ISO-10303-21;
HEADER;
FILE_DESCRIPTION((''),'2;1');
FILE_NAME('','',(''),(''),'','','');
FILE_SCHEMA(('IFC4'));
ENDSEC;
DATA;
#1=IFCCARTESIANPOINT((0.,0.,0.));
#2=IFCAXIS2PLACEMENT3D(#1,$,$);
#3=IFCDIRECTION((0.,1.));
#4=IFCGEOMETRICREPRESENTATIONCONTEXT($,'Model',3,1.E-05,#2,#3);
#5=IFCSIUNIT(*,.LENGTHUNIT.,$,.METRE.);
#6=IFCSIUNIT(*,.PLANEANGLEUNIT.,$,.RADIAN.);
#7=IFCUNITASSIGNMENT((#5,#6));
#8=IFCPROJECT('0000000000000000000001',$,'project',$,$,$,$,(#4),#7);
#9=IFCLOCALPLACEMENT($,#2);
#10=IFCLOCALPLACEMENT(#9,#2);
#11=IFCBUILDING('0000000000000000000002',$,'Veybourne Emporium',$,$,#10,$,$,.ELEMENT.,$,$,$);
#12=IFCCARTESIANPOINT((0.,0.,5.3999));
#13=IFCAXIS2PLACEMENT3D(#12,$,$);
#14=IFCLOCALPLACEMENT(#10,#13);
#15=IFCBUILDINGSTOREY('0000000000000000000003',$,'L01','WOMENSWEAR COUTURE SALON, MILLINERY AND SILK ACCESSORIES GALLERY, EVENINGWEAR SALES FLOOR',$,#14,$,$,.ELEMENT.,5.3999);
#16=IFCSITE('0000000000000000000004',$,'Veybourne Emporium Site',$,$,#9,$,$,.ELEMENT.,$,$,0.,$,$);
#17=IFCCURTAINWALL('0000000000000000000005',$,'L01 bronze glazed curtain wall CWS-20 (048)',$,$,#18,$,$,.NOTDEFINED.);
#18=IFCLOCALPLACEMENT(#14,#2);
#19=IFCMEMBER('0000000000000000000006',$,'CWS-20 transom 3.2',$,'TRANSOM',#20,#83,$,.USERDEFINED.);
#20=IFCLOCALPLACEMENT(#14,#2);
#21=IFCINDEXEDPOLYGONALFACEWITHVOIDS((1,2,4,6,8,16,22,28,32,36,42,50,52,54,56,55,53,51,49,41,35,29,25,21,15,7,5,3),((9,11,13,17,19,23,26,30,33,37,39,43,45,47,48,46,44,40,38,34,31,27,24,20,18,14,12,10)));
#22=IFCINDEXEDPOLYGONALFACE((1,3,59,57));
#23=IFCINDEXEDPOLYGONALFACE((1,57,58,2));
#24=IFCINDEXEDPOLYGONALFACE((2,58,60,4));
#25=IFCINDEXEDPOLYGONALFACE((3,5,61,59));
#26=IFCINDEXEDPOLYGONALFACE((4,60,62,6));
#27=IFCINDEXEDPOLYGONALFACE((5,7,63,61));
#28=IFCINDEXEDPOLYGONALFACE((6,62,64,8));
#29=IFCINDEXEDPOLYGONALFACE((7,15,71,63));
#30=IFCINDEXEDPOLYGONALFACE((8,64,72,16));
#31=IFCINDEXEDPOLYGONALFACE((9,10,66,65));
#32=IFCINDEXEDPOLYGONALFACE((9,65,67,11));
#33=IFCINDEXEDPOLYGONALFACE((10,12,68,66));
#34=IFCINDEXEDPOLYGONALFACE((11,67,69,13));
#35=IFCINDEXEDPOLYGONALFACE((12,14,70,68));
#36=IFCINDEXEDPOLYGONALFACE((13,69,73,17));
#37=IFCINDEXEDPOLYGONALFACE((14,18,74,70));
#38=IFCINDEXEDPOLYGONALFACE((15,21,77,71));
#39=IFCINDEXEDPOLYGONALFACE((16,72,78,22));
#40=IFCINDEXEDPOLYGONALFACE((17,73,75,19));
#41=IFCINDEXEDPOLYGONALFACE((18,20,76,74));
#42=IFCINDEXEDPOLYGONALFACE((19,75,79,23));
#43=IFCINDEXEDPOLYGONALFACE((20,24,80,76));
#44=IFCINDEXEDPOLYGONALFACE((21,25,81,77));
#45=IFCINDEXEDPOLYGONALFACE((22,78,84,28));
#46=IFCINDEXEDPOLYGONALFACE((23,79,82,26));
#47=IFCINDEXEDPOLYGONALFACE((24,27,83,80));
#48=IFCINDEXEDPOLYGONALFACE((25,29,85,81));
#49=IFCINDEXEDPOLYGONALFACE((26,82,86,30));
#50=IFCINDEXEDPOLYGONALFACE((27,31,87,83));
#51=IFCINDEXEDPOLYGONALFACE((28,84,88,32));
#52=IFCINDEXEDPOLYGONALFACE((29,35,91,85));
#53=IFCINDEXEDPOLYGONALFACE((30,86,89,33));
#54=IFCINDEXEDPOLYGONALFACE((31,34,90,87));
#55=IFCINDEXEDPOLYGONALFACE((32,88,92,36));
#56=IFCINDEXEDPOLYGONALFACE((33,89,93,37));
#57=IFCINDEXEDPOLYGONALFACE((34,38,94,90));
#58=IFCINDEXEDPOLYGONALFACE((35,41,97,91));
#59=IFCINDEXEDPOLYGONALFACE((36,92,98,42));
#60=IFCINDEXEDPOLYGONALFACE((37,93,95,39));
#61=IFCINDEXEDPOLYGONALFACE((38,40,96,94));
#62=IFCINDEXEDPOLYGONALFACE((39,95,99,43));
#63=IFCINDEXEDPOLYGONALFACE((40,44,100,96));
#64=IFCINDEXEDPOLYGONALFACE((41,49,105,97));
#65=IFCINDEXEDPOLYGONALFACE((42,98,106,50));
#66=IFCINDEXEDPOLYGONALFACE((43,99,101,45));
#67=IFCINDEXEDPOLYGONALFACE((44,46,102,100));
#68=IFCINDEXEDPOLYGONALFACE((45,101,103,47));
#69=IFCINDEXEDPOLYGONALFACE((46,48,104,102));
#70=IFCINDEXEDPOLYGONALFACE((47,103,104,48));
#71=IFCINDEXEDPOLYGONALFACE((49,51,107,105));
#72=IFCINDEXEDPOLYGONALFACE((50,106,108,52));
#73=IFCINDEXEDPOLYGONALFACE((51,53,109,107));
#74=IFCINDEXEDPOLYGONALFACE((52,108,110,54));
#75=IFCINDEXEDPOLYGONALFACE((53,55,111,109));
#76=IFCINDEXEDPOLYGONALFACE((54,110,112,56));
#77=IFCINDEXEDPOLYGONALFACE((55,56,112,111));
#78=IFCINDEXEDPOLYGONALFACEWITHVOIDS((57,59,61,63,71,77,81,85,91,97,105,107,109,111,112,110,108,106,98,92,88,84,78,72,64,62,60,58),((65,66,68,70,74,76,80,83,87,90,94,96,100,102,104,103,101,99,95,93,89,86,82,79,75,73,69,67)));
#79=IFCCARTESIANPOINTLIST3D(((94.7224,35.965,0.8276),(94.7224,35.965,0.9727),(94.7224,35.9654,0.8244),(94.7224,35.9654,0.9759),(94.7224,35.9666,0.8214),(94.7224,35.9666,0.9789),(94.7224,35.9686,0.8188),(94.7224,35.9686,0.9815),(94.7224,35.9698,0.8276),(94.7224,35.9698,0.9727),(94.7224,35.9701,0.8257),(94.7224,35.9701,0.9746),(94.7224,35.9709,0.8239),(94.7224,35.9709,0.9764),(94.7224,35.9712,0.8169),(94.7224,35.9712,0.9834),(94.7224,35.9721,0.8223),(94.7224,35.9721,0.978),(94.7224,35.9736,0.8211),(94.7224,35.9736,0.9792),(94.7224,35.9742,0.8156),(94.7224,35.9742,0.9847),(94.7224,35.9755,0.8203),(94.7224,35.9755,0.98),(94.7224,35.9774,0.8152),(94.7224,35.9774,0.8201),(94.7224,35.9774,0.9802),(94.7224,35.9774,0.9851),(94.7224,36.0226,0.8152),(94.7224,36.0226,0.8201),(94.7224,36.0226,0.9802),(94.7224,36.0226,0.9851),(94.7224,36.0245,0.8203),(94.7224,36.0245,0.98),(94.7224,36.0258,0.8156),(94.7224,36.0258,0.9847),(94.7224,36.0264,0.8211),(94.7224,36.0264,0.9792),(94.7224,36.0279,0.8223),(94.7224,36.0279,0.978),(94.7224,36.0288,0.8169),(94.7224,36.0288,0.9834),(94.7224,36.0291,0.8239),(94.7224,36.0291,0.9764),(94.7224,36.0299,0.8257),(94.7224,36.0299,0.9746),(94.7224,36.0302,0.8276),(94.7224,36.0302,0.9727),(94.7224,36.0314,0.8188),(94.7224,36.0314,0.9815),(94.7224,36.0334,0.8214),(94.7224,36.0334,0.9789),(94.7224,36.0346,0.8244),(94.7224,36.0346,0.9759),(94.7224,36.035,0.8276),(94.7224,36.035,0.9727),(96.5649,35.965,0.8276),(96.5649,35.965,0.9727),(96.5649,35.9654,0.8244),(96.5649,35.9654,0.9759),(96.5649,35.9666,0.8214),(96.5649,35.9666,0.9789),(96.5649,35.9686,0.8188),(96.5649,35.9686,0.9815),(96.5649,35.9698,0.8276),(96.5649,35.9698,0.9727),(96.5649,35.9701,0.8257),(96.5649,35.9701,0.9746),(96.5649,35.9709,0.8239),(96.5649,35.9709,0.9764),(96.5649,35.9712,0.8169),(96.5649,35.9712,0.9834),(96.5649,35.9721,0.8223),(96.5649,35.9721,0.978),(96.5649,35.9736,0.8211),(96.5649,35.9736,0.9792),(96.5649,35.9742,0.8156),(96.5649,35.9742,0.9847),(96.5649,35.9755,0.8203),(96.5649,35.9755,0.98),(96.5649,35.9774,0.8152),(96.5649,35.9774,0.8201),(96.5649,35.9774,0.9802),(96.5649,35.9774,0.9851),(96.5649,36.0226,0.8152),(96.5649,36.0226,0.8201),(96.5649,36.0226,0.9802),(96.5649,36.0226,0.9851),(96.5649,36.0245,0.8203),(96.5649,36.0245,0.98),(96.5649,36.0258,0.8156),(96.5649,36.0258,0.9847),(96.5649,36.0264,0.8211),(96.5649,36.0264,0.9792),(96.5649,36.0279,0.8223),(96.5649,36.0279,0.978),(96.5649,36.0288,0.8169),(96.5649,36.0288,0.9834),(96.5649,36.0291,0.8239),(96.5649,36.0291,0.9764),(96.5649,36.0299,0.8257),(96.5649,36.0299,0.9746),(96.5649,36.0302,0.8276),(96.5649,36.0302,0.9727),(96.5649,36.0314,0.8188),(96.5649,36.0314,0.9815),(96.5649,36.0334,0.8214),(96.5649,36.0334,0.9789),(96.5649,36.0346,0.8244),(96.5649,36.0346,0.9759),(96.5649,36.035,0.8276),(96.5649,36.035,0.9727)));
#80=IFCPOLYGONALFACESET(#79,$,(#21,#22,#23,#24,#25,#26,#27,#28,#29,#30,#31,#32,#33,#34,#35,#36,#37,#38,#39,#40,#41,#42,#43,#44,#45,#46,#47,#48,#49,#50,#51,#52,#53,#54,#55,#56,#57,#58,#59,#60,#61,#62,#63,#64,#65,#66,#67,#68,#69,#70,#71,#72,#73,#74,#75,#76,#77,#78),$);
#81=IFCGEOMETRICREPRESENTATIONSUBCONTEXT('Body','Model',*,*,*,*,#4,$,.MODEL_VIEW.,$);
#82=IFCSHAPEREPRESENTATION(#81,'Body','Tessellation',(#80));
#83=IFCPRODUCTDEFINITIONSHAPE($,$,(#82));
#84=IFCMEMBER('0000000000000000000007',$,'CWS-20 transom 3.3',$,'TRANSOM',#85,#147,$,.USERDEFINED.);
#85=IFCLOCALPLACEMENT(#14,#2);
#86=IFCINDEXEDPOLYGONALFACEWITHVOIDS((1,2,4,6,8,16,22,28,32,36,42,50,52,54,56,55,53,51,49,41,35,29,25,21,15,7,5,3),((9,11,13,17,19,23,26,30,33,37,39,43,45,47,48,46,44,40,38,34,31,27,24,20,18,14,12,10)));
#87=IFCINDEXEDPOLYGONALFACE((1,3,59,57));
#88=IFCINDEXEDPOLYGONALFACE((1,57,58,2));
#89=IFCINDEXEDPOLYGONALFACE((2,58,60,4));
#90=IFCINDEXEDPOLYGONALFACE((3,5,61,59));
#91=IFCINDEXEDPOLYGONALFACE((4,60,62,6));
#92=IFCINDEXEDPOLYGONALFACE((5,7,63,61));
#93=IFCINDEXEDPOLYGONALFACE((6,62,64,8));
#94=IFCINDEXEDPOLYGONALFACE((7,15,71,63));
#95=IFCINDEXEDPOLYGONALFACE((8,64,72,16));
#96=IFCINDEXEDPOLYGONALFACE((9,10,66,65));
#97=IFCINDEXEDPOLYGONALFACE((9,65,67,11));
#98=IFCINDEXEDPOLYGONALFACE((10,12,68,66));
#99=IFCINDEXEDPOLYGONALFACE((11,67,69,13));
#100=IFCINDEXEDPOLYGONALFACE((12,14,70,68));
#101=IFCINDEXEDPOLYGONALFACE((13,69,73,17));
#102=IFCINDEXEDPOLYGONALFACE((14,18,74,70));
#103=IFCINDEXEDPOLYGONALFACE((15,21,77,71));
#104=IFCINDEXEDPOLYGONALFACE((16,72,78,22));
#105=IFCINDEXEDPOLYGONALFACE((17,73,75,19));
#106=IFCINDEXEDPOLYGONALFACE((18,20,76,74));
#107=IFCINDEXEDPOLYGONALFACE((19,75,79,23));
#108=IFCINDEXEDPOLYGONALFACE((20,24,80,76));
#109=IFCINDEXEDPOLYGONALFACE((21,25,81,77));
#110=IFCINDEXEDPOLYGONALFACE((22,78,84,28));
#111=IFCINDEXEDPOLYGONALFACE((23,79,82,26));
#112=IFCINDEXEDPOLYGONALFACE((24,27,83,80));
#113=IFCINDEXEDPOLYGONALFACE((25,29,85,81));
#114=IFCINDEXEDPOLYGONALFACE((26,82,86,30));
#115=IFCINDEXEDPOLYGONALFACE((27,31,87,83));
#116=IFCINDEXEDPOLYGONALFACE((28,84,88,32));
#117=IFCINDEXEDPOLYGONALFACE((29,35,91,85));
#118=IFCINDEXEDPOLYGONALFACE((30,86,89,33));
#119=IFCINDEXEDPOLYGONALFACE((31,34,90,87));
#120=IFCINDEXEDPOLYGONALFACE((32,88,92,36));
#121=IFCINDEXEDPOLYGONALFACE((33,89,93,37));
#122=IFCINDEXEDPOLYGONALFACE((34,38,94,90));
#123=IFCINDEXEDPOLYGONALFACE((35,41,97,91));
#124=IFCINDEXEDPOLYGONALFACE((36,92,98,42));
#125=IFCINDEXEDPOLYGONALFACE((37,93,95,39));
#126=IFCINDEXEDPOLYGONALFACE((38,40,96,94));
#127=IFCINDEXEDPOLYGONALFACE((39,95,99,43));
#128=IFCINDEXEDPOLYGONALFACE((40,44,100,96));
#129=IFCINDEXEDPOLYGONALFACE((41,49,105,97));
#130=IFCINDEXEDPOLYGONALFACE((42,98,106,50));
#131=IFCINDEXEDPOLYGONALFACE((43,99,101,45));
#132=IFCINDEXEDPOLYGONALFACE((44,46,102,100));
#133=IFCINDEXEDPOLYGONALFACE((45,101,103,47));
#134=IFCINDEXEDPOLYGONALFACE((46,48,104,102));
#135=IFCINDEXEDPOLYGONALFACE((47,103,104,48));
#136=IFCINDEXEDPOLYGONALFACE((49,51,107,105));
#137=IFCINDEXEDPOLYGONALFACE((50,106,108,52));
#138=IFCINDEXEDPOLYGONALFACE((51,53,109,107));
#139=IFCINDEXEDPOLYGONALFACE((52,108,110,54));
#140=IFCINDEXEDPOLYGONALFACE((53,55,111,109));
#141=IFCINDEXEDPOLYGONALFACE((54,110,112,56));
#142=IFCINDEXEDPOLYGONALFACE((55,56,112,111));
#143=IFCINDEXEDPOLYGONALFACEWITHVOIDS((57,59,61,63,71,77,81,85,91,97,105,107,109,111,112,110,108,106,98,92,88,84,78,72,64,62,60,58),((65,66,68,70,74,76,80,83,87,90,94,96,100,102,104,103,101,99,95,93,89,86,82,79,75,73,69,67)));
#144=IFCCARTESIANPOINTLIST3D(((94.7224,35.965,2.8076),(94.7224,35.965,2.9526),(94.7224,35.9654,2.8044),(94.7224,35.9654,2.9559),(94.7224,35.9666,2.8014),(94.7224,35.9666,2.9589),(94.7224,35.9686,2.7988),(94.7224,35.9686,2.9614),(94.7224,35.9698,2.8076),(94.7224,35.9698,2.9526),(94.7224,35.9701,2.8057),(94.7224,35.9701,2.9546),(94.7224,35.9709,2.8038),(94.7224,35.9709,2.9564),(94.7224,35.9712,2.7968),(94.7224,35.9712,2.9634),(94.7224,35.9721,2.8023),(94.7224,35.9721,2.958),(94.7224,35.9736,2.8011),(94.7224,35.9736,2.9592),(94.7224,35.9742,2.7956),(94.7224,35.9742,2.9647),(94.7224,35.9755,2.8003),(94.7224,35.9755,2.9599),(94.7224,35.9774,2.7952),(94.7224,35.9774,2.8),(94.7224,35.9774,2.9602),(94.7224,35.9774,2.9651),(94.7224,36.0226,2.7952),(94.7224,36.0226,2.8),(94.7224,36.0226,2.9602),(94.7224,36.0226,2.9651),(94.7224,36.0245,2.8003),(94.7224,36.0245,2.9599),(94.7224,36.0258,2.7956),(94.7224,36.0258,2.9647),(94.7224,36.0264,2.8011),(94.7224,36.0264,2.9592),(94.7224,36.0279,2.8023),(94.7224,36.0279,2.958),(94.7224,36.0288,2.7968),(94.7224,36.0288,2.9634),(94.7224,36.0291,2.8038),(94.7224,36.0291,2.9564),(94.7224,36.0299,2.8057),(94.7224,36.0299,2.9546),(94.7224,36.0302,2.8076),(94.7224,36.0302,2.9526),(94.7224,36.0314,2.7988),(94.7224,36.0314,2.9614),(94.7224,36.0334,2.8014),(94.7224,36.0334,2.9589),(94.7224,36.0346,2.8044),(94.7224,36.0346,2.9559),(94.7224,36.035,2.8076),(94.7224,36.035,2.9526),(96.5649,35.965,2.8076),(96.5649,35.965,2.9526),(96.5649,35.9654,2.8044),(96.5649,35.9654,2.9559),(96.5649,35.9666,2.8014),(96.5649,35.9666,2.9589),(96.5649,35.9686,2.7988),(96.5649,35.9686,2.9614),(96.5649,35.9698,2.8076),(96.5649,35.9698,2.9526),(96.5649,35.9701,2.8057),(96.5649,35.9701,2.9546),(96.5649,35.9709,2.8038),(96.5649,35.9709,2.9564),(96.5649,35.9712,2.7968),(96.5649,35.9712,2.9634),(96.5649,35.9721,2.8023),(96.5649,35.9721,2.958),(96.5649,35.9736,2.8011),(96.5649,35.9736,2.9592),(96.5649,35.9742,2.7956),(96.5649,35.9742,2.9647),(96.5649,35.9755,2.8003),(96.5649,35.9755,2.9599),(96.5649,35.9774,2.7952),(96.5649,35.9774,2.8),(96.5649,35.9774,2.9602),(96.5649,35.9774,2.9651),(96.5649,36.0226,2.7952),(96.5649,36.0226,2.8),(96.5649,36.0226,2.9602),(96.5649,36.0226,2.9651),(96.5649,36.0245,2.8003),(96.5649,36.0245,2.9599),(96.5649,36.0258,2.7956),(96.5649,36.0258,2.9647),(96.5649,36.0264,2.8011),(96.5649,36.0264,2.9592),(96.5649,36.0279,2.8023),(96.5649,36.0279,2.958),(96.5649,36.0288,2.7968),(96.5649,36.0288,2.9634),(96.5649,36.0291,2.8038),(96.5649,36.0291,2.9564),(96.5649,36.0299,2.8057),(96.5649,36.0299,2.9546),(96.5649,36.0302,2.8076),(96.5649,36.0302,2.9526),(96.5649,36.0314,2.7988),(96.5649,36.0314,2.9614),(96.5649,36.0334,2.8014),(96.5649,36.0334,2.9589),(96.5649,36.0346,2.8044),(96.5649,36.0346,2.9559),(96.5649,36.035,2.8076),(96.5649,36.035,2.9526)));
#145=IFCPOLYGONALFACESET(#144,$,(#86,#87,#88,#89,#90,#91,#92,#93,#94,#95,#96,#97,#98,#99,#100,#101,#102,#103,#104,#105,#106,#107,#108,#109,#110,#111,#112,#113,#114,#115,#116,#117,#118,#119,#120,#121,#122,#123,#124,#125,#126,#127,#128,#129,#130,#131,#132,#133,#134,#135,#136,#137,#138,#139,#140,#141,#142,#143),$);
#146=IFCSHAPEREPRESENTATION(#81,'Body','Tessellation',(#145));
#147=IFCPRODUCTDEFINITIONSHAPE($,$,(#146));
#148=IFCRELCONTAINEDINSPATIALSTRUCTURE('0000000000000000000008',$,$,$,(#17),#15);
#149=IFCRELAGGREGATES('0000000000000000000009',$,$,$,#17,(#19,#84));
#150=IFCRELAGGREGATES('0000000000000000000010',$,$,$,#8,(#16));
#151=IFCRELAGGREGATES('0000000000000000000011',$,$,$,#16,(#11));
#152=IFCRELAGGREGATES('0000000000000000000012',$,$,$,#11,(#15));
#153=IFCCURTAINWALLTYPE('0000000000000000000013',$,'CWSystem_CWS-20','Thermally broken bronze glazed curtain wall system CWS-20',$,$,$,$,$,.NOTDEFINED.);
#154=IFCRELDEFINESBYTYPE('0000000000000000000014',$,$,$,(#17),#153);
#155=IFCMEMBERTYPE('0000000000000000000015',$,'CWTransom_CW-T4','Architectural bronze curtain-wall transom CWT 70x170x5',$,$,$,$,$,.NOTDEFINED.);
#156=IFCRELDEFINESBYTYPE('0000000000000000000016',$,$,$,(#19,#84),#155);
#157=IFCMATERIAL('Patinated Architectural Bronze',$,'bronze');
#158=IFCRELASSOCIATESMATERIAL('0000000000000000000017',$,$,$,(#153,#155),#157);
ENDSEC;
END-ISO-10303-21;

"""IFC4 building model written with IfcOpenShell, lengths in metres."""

from ifc_helpers import new_model, si_unit, direction, frame, origin, origin_2d, place, context, subcontext, project, spatial, hollow_rectangle, extrude, material, material_profile, profile_set, type_object, element, aggregate, save


model = new_model("IFC4")

# Units and contexts
model_context = context("Model", 3, precision=1e-05, world=origin(), true_north=direction((0.0, 1.0)))
body_context = subcontext(model_context, "Body", "Model", "MODEL_VIEW")
ifc_project = project(units=[si_unit("LENGTHUNIT", "METRE"), si_unit("PLANEANGLEUNIT", "RADIAN")], contexts=[model_context])

# Site, building, storey
site_placement = place(None, origin())
site = spatial("IfcSite", under=ifc_project, at=site_placement, Name="Veybourne Emporium Site", CompositionType="ELEMENT", RefElevation=0.0)
building_placement = place(site_placement, origin())
building = spatial("IfcBuilding", under=site, at=building_placement, Name="Veybourne Emporium", CompositionType="ELEMENT")
storey_placement = place(building_placement, frame((0.0, 0.0, 5.3999)))
storey = spatial("IfcBuildingStorey", under=building, at=storey_placement, Name="L01", Description="WOMENSWEAR COUTURE SALON, MILLINERY AND SILK ACCESSORIES GALLERY, EVENINGWEAR SALES FLOOR", CompositionType="ELEMENT", Elevation=5.3999)

# Curtain wall, members
ifc_material_1 = material(Name="Patinated Architectural Bronze", Category="bronze")
curtain_wall_type = type_object("IfcCurtainWallType", Name="CWSystem_CWS-20", Description="Thermally broken bronze glazed curtain wall system CWS-20", PredefinedType="NOTDEFINED", material=ifc_material_1)
curtain_wall_placement = place(storey_placement, origin())
curtain_wall = element("IfcCurtainWall", 1, at=curtain_wall_placement, inside=storey, type_object=curtain_wall_type, Name="L01 bronze glazed curtain wall CWS-20 (048)", PredefinedType="NOTDEFINED")
ifc_material_profile_1 = material_profile(ifc_material_1, hollow_rectangle(XDim=0.0701, YDim=0.1699, WallThickness=0.0049, InnerFilletRadius=0.0076, OuterFilletRadius=0.0125, at=origin_2d()), Name="CWT 70x170x5")
ifc_profile_set_1 = profile_set([ifc_material_profile_1], Name="Patinated Architectural Bronze")
member_type_1 = type_object("IfcMemberType", Name="CWTransom_CW-T4", Description="Architectural bronze curtain-wall transom CWT 70x170x5", PredefinedType="NOTDEFINED", material=ifc_profile_set_1)
member_1_placement = place(storey_placement, frame((96.5649, 36.0, 0.9001), z_axis=(-1.0, 0.0, 0.0), x_axis=(0.0, -1.0, 0.0)))
member_1 = element("IfcMember", 2, at=member_1_placement, type_object=member_type_1, Name="CWS-20 transom 3.2", ObjectType="TRANSOM", PredefinedType="USERDEFINED", context=body_context, shape_type="SweptSolid", body=[
    extrude(hollow_rectangle(XDim=0.0701, YDim=0.1699, WallThickness=0.0049, InnerFilletRadius=0.0076, OuterFilletRadius=0.0125, at=origin_2d()), origin(), (0.0, 0.0, 1.0), 1.8425),
])
member_2_placement = place(storey_placement, frame((96.5649, 36.0, 2.8801), z_axis=(-1.0, 0.0, 0.0), x_axis=(0.0, -1.0, 0.0)))
member_2 = element("IfcMember", 3, at=member_2_placement, type_object=member_type_1, Name="CWS-20 transom 3.3", ObjectType="TRANSOM", PredefinedType="USERDEFINED", context=body_context, shape_type="SweptSolid", body=[
    extrude(hollow_rectangle(XDim=0.0701, YDim=0.1699, WallThickness=0.0049, InnerFilletRadius=0.0076, OuterFilletRadius=0.0125, at=origin_2d()), origin(), (0.0, 0.0, 1.0), 1.8425),
])

aggregate(curtain_wall, [member_1, member_2])

save(model, "model.ifc")
